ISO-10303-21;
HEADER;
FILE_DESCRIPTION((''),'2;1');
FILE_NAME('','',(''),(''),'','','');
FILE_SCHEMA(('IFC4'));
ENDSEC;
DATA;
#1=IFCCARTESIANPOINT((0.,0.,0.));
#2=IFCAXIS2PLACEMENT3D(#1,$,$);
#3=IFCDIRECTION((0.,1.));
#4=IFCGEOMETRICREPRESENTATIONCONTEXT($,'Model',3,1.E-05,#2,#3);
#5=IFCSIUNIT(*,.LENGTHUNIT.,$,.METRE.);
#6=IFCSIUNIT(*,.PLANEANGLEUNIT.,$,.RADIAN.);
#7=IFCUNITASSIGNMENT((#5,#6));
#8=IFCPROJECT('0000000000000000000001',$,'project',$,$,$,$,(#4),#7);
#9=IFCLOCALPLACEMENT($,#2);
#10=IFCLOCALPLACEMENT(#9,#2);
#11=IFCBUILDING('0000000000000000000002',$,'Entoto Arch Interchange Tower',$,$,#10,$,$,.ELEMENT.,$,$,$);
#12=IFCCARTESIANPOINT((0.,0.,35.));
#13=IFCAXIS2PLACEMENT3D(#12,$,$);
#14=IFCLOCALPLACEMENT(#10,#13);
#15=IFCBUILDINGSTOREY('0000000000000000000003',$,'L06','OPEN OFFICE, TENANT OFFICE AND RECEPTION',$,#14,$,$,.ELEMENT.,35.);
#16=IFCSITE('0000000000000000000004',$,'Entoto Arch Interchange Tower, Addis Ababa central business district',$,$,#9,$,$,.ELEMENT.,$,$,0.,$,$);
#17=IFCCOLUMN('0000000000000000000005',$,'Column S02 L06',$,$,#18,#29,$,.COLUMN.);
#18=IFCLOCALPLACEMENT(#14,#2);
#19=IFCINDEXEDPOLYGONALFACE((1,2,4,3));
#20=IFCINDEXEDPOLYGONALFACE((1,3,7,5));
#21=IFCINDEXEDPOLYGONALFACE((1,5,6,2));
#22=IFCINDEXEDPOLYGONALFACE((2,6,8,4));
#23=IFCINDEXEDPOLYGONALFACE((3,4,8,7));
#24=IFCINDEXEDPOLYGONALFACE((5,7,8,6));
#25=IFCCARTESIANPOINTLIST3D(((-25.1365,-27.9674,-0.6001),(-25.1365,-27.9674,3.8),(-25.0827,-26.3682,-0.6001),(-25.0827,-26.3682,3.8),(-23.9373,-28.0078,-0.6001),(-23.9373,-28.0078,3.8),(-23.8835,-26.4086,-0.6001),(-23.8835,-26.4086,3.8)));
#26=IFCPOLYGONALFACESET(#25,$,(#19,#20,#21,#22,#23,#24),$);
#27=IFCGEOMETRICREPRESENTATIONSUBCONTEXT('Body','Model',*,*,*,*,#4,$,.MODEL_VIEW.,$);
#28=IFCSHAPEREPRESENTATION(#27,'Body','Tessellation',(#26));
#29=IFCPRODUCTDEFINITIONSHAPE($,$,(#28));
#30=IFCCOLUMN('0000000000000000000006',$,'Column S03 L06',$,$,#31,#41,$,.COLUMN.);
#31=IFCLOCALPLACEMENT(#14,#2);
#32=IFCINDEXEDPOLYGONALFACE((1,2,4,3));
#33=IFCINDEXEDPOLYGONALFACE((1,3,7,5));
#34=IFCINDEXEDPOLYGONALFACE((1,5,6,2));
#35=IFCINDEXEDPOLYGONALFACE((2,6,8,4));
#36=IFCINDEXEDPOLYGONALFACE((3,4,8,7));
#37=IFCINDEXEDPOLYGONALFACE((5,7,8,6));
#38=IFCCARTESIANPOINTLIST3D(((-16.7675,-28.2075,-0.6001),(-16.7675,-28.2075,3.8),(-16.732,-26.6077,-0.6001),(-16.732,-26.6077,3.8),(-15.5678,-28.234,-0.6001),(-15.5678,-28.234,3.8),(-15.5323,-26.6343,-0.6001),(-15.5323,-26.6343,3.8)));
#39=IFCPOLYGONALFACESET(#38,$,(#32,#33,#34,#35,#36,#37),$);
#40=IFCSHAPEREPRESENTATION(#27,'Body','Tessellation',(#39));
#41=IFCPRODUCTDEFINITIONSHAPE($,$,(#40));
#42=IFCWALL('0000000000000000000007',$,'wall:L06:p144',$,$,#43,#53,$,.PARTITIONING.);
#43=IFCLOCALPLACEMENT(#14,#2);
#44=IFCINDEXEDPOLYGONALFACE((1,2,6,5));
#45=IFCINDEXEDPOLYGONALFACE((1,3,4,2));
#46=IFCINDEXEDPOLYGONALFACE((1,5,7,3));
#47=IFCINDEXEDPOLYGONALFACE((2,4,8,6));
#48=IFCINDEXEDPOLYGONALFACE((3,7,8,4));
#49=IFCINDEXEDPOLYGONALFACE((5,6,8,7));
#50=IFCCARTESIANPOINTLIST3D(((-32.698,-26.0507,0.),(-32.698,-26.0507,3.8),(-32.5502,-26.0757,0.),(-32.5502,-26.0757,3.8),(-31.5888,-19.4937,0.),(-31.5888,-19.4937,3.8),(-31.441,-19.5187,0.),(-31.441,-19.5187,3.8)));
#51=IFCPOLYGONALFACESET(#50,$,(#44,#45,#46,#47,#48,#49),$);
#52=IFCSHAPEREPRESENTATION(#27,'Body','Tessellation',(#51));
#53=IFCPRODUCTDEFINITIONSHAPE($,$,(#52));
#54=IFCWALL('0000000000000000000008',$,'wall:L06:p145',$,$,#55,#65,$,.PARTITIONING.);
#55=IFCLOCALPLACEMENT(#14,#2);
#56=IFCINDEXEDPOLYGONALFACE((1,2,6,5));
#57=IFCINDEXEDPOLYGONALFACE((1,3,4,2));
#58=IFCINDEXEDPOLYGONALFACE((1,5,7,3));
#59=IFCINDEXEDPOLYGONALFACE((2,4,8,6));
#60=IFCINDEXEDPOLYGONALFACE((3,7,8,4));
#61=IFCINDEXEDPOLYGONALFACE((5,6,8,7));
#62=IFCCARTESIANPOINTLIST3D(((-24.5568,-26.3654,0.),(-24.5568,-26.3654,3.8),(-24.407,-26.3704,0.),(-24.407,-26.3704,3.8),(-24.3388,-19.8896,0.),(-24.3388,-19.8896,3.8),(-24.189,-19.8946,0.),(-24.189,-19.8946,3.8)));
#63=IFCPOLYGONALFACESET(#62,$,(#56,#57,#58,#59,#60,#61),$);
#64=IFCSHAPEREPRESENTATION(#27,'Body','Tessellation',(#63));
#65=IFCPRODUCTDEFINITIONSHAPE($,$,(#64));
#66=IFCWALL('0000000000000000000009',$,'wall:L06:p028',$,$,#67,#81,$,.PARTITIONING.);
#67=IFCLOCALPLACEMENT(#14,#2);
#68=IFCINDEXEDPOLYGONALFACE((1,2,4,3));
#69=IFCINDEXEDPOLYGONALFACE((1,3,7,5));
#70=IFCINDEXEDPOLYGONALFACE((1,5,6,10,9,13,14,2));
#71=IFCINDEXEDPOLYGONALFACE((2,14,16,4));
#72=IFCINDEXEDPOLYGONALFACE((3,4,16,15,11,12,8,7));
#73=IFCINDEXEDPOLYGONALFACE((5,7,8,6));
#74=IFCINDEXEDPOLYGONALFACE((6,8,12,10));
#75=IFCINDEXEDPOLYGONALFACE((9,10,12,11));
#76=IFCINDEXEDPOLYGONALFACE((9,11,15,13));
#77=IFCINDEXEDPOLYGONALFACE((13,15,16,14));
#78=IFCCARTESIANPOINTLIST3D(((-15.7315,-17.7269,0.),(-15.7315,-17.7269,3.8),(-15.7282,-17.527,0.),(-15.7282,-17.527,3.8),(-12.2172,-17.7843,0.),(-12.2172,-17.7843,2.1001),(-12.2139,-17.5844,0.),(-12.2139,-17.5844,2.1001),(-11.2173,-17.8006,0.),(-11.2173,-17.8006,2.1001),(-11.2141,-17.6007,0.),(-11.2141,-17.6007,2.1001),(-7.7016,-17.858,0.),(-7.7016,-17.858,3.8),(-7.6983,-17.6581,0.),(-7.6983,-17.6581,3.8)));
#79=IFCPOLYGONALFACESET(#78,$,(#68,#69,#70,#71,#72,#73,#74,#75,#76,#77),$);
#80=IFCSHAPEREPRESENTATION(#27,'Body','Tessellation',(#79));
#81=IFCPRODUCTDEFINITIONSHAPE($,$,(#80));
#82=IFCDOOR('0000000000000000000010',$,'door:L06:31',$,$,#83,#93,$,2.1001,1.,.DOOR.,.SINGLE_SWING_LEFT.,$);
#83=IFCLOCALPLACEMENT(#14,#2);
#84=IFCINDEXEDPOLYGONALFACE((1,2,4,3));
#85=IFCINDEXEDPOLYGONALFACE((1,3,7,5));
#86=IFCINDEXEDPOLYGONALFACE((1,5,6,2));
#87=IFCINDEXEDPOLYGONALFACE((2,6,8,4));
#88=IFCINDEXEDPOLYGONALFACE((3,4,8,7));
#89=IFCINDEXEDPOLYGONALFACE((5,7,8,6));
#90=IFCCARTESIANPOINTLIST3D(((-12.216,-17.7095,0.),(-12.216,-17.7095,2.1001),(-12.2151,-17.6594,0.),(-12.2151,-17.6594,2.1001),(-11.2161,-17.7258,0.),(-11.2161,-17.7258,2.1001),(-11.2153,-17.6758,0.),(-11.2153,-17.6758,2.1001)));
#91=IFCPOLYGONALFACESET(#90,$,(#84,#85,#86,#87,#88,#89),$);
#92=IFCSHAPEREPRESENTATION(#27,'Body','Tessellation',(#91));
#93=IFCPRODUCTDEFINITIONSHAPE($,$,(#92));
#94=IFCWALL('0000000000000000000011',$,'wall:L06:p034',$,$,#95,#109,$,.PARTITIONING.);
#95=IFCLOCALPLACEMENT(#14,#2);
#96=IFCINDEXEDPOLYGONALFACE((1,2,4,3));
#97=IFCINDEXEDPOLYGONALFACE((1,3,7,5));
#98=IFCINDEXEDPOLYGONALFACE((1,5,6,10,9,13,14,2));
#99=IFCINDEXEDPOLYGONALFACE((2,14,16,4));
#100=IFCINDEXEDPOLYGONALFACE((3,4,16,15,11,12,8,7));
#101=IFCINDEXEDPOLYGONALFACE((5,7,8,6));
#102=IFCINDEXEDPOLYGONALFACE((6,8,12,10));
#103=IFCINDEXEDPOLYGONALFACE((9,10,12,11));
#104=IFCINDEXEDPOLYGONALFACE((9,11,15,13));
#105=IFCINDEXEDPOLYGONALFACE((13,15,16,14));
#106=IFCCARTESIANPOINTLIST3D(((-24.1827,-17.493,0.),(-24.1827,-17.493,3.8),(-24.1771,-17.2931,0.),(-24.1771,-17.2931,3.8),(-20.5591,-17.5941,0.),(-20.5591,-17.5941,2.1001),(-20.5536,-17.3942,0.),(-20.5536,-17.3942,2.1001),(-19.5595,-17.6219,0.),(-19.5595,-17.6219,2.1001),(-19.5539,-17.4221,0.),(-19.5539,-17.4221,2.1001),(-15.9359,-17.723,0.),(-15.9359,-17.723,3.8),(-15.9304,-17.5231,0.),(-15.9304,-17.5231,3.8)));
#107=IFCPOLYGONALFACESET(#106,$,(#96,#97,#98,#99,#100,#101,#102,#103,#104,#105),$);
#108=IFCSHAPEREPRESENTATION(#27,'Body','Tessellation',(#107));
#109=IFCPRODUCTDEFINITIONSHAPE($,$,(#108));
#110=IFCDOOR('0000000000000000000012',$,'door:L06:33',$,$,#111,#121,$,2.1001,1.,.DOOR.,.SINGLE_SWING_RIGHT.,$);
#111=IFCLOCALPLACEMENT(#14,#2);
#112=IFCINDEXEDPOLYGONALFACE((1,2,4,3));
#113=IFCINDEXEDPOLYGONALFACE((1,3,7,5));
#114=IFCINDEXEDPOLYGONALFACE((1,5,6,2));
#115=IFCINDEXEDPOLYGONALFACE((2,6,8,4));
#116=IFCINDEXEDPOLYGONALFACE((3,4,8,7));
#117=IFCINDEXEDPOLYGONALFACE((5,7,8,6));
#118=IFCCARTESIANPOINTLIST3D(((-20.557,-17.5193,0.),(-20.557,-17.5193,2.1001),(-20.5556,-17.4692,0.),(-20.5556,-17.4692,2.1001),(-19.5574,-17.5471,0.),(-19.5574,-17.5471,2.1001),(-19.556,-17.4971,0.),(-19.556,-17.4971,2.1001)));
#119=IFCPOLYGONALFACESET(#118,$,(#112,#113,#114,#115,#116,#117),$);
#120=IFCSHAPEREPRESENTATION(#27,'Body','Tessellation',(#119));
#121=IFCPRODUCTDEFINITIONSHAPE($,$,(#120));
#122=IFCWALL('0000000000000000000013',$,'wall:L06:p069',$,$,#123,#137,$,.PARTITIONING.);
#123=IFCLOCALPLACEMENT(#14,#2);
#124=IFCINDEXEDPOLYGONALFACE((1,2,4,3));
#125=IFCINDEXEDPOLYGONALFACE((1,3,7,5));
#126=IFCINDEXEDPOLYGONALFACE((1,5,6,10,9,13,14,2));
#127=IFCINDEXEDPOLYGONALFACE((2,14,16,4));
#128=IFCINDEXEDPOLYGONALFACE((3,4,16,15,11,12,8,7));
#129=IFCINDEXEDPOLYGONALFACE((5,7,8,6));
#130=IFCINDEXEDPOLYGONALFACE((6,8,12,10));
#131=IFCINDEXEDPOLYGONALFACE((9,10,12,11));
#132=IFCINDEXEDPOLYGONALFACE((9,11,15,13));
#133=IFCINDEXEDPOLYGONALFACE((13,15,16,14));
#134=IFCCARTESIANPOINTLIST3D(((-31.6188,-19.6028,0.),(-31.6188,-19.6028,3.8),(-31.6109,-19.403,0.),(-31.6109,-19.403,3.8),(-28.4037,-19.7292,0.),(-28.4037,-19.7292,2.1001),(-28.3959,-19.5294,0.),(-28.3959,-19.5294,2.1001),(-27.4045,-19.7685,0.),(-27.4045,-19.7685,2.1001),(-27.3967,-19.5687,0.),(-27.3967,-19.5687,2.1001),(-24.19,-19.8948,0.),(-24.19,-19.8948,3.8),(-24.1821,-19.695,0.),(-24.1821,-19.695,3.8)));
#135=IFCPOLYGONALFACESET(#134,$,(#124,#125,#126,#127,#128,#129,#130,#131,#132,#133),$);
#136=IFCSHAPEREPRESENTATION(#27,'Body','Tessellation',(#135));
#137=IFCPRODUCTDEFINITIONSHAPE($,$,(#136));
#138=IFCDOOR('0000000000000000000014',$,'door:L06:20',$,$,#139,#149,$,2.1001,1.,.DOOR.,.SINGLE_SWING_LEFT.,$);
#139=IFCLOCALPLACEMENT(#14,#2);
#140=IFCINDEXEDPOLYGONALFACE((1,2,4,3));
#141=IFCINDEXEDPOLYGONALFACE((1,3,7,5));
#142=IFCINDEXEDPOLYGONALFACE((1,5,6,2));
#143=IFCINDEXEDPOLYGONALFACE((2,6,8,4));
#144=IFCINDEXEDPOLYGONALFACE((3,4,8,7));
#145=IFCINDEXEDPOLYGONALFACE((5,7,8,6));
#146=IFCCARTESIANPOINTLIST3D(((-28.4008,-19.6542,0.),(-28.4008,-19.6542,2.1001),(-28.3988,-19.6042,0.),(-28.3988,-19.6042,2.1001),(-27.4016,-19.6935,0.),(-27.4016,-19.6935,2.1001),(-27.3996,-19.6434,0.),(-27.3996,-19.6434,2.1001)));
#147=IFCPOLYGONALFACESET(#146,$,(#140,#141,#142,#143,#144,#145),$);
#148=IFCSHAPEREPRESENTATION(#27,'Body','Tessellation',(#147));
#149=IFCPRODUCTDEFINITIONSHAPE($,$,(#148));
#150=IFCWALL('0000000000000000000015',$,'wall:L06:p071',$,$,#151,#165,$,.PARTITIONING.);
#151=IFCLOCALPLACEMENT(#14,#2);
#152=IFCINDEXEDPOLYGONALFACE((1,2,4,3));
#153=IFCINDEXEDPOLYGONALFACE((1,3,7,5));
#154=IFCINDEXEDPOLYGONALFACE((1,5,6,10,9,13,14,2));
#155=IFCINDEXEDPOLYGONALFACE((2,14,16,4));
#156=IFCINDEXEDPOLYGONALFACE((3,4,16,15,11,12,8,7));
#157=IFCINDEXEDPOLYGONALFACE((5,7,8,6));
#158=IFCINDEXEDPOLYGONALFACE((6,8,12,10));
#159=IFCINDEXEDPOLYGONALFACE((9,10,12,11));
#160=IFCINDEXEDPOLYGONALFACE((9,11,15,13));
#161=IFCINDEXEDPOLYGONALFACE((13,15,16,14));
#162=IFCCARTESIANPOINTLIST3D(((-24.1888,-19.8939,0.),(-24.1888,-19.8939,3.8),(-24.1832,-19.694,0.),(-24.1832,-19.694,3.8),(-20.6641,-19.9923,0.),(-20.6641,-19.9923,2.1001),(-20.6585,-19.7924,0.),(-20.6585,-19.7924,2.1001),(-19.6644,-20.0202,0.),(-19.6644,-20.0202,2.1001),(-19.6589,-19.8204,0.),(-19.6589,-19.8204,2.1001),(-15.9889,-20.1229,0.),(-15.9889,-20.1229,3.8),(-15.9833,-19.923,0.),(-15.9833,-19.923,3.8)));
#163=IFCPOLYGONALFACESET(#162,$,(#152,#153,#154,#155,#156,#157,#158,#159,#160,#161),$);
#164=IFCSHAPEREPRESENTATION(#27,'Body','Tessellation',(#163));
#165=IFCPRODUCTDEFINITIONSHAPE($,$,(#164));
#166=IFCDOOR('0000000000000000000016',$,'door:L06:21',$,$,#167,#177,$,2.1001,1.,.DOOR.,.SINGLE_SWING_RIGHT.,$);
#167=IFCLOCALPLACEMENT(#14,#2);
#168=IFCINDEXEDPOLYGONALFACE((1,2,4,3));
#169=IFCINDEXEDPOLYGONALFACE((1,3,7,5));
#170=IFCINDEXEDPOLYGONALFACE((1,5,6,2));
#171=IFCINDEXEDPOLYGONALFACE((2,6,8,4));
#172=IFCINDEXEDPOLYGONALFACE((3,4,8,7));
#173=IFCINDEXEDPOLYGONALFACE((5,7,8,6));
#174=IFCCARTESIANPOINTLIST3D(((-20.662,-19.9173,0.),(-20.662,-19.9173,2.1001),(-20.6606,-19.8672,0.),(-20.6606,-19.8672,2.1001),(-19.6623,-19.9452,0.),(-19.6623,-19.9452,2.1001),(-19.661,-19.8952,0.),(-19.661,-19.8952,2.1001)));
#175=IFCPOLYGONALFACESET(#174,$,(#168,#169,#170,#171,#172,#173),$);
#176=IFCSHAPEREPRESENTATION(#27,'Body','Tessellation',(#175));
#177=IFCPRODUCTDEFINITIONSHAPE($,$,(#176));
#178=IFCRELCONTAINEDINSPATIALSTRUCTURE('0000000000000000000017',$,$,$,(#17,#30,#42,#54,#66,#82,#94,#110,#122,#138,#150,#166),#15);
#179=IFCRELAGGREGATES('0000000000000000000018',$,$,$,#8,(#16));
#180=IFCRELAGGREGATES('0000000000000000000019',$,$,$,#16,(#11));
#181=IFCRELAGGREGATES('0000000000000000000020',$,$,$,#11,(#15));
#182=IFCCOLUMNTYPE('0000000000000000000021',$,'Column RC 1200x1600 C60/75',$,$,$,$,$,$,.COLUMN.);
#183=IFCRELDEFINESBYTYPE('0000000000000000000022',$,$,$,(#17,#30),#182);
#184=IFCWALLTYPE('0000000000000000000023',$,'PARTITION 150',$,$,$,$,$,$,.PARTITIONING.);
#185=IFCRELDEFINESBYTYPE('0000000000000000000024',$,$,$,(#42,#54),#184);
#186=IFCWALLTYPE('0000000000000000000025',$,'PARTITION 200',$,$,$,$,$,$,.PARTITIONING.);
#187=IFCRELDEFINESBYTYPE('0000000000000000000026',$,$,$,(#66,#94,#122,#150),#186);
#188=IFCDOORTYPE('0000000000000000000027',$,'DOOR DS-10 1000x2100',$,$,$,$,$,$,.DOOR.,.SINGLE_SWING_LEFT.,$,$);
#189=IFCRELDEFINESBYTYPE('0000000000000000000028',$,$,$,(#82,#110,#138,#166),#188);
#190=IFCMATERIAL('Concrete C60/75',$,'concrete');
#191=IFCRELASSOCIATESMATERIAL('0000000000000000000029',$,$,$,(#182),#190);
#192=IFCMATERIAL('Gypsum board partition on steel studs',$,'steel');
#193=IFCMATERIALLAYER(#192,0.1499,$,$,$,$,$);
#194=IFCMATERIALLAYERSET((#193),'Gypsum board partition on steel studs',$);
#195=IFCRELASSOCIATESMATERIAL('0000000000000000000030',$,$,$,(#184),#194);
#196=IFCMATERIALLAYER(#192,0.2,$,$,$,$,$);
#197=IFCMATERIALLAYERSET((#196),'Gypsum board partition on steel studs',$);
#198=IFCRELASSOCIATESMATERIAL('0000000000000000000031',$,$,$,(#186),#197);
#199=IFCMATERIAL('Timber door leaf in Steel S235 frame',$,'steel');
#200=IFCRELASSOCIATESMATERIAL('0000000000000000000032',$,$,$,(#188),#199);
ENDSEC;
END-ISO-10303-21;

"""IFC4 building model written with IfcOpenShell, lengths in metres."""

from ifc_helpers import new_model, si_unit, direction, frame, frame_2d, origin, origin_2d, place, context, subcontext, project, spatial, rectangle, extrude, material, layer, layer_set, material_profile, profile_set, type_object, element, fill, save


model = new_model("IFC4")

# Units and contexts
model_context = context("Model", 3, precision=1e-05, world=origin(), true_north=direction((0.0, 1.0)))
body_context = subcontext(model_context, "Body", "Model", "MODEL_VIEW")
ifc_project = project(units=[si_unit("LENGTHUNIT", "METRE"), si_unit("PLANEANGLEUNIT", "RADIAN")], contexts=[model_context])

# Site, building, storey
site_placement = place(None, origin())
site = spatial("IfcSite", under=ifc_project, at=site_placement, Name="Entoto Arch Interchange Tower, Addis Ababa central business district", CompositionType="ELEMENT", RefElevation=0.0)
building_placement = place(site_placement, origin())
building = spatial("IfcBuilding", under=site, at=building_placement, Name="Entoto Arch Interchange Tower", CompositionType="ELEMENT")
storey_placement = place(building_placement, frame((0.0, 0.0, 35.0)))
storey = spatial("IfcBuildingStorey", under=building, at=storey_placement, Name="L06", Description="OPEN OFFICE, TENANT OFFICE AND RECEPTION", CompositionType="ELEMENT", Elevation=35.0)

# Columns
ifc_material_1 = material(Name="Concrete C60/75", Category="concrete")
ifc_material_profile = material_profile(ifc_material_1, rectangle(XDim=1.2, YDim=1.6001, at=origin_2d()))
ifc_profile_set = profile_set([ifc_material_profile], Name="Concrete C60/75")
column_type = type_object("IfcColumnType", Name="Column RC 1200x1600 C60/75", PredefinedType="COLUMN", material=ifc_profile_set)
for number, where, z_axis, x_axis, name in (
    (1, (-24.51, -27.188, -0.6001), (0.0, 0.0, 1.0), (-0.999434, 0.033626, 0.0), "Column S02 L06"),
    (2, (-16.1499, -27.4209, -0.6001), (0.0, 0.0, 1.0), (-0.999754, 0.022164, 0.0), "Column S03 L06"),
):
    element("IfcColumn", number, at=place(storey_placement, frame(where, z_axis=z_axis, x_axis=x_axis)), inside=storey, type_object=column_type, Name=name, PredefinedType="COLUMN", context=body_context, shape_type="SweptSolid", body=[
        extrude(rectangle(XDim=1.2, YDim=1.6001, at=origin_2d()), origin(), (0.0, 0.0, 1.0), 4.4001),
    ])

# Walls
ifc_material_2 = material(Name="Gypsum board partition on steel studs", Category="steel")
ifc_layer_1 = layer(ifc_material_2, 0.1499)
ifc_layer_set_1 = layer_set([ifc_layer_1], Name="Gypsum board partition on steel studs")
wall_type_1 = type_object("IfcWallType", Name="PARTITION 150", PredefinedType="PARTITIONING", material=ifc_layer_set_1)
wall_1_placement = place(storey_placement, frame((-31.5149, -19.5061, 0.0), z_axis=(0.0, 0.0, 1.0), x_axis=(-0.166786, -0.985993, 0.0)))
element("IfcWall", 3, at=wall_1_placement, inside=storey, type_object=wall_type_1, Name="wall:L06:p144", PredefinedType="PARTITIONING", context=body_context, shape_type="SweptSolid", body=[
    extrude(rectangle(XDim=6.6501, YDim=0.1499, at=frame_2d((3.3252, 0.0))), origin(), (0.0, 0.0, 1.0), 3.8),
])
wall_2_placement = place(storey_placement, frame((-24.2639, -19.8921, 0.0), z_axis=(0.0, 0.0, 1.0), x_axis=(-0.033647, -0.999434, 0.0)))
element("IfcWall", 4, at=wall_2_placement, inside=storey, type_object=wall_type_1, Name="wall:L06:p145", PredefinedType="PARTITIONING", context=body_context, shape_type="SweptSolid", body=[
    extrude(rectangle(XDim=6.4795, YDim=0.1499, at=frame_2d((3.2397, 0.0))), origin(), (0.0, 0.0, 1.0), 3.8),
])

# Walls, openings, doors
ifc_layer_2 = layer(ifc_material_2, 0.2)
ifc_layer_set_2 = layer_set([ifc_layer_2], Name="Gypsum board partition on steel studs")
wall_type_2 = type_object("IfcWallType", Name="PARTITION 200", PredefinedType="PARTITIONING", material=ifc_layer_set_2)
wall_3_placement = place(storey_placement, frame((-15.73, -17.627, 0.0), z_axis=(0.0, 0.0, 1.0), x_axis=(0.999867, -0.016324, 0.0)))
wall_3 = element("IfcWall", 5, at=wall_3_placement, inside=storey, type_object=wall_type_2, Name="wall:L06:p028", PredefinedType="PARTITIONING", context=body_context, shape_type="SweptSolid", body=[
    extrude(rectangle(XDim=8.031, YDim=0.2, at=frame_2d((4.0156, 0.0))), origin(), (0.0, 0.0, 1.0), 3.8),
])
opening_1_placement = place(wall_3_placement, frame((3.5149, 0.0, 0.0)))
opening_1 = element("IfcOpeningElement", 6, at=opening_1_placement, cuts=wall_3, PredefinedType="OPENING", context=body_context, shape_type="SweptSolid", body=[
    extrude(rectangle(XDim=1.0, YDim=2.1001, at=frame_2d((0.5, 1.05))), frame((0.0, 0.1099, 0.0), z_axis=(0.0, -1.0, 0.0), x_axis=(1.0, 0.0, 0.0)), (0.0, 0.0, 1.0), 0.22),
])
ifc_material_3 = material(Name="Timber door leaf in Steel S235 frame", Category="steel")
door_type = type_object("IfcDoorType", Name="DOOR DS-10 1000x2100", OperationType="SINGLE_SWING_LEFT", PredefinedType="DOOR", material=ifc_material_3)
door_1_placement = place(opening_1_placement, origin())
door_1 = element("IfcDoor", 7, at=door_1_placement, inside=storey, type_object=door_type, Name="door:L06:31", OperationType="SINGLE_SWING_LEFT", OverallHeight=2.1001, OverallWidth=1.0, PredefinedType="DOOR", context=body_context, shape_type="SweptSolid", body=[
    extrude(rectangle(XDim=1.0, YDim=2.1001, at=frame_2d((0.5, 1.05))), frame((0.0, 0.0249, 0.0), z_axis=(0.0, -1.0, 0.0), x_axis=(1.0, 0.0, 0.0)), (0.0, 0.0, 1.0), 0.05),
])
fill(opening_1, door_1)
wall_4_placement = place(storey_placement, frame((-24.1799, -17.3931, 0.0), z_axis=(0.0, 0.0, 1.0), x_axis=(0.999611, -0.027876, 0.0)))
wall_4 = element("IfcWall", 8, at=wall_4_placement, inside=storey, type_object=wall_type_2, Name="wall:L06:p034", PredefinedType="PARTITIONING", context=body_context, shape_type="SweptSolid", body=[
    extrude(rectangle(XDim=8.25, YDim=0.2, at=frame_2d((4.125, 0.0))), origin(), (0.0, 0.0, 1.0), 3.8),
])
opening_2_placement = place(wall_4_placement, frame((3.625, 0.0, 0.0)))
opening_2 = element("IfcOpeningElement", 9, at=opening_2_placement, cuts=wall_4, PredefinedType="OPENING", context=body_context, shape_type="SweptSolid", body=[
    extrude(rectangle(XDim=1.0, YDim=2.1001, at=frame_2d((0.5, 1.05))), frame((0.0, 0.1099, 0.0), z_axis=(0.0, -1.0, 0.0), x_axis=(1.0, 0.0, 0.0)), (0.0, 0.0, 1.0), 0.22),
])
door_2_placement = place(opening_2_placement, origin())
door_2 = element("IfcDoor", 10, at=door_2_placement, inside=storey, type_object=door_type, Name="door:L06:33", OperationType="SINGLE_SWING_RIGHT", OverallHeight=2.1001, OverallWidth=1.0, PredefinedType="DOOR", context=body_context, shape_type="SweptSolid", body=[
    extrude(rectangle(XDim=1.0, YDim=2.1001, at=frame_2d((0.5, 1.05))), frame((0.0, 0.0249, 0.0), z_axis=(0.0, -1.0, 0.0), x_axis=(1.0, 0.0, 0.0)), (0.0, 0.0, 1.0), 0.05),
])
fill(opening_2, door_2)
wall_5_placement = place(storey_placement, frame((-24.186, -19.7949, 0.0), z_axis=(0.0, 0.0, 1.0), x_axis=(-0.999228, 0.039274, 0.0)))
wall_5 = element("IfcWall", 11, at=wall_5_placement, inside=storey, type_object=wall_type_2, Name="wall:L06:p069", PredefinedType="PARTITIONING", context=body_context, shape_type="SweptSolid", body=[
    extrude(rectangle(XDim=7.4346, YDim=0.2, at=frame_2d((3.7173, 0.0))), origin(), (0.0, 0.0, 1.0), 3.8),
])
opening_3_placement = place(wall_5_placement, frame((3.217, 0.0, 0.0)))
opening_3 = element("IfcOpeningElement", 12, at=opening_3_placement, cuts=wall_5, PredefinedType="OPENING", context=body_context, shape_type="SweptSolid", body=[
    extrude(rectangle(XDim=1.0, YDim=2.1001, at=frame_2d((0.5, 1.05))), frame((0.0, 0.1099, 0.0), z_axis=(0.0, -1.0, 0.0), x_axis=(1.0, 0.0, 0.0)), (0.0, 0.0, 1.0), 0.22),
])
door_3_placement = place(opening_3_placement, origin())
door_3 = element("IfcDoor", 13, at=door_3_placement, inside=storey, type_object=door_type, Name="door:L06:20", OperationType="SINGLE_SWING_LEFT", OverallHeight=2.1001, OverallWidth=1.0, PredefinedType="DOOR", context=body_context, shape_type="SweptSolid", body=[
    extrude(rectangle(XDim=1.0, YDim=2.1001, at=frame_2d((0.5, 1.05))), frame((0.0, 0.0249, 0.0), z_axis=(0.0, -1.0, 0.0), x_axis=(1.0, 0.0, 0.0)), (0.0, 0.0, 1.0), 0.05),
])
fill(opening_3, door_3)
wall_6_placement = place(storey_placement, frame((-15.9861, -20.0229, 0.0), z_axis=(0.0, 0.0, 1.0), x_axis=(-0.99961, 0.027917, 0.0)))
wall_6 = element("IfcWall", 14, at=wall_6_placement, inside=storey, type_object=wall_type_2, Name="wall:L06:p071", PredefinedType="PARTITIONING", context=body_context, shape_type="SweptSolid", body=[
    extrude(rectangle(XDim=8.2031, YDim=0.2, at=frame_2d((4.1016, 0.0))), origin(), (0.0, 0.0, 1.0), 3.8),
])
opening_4_placement = place(wall_6_placement, frame((3.677, 0.0, 0.0)))
opening_4 = element("IfcOpeningElement", 15, at=opening_4_placement, cuts=wall_6, PredefinedType="OPENING", context=body_context, shape_type="SweptSolid", body=[
    extrude(rectangle(XDim=1.0, YDim=2.1001, at=frame_2d((0.5, 1.05))), frame((0.0, 0.1099, 0.0), z_axis=(0.0, -1.0, 0.0), x_axis=(1.0, 0.0, 0.0)), (0.0, 0.0, 1.0), 0.22),
])
door_4_placement = place(opening_4_placement, origin())
door_4 = element("IfcDoor", 16, at=door_4_placement, inside=storey, type_object=door_type, Name="door:L06:21", OperationType="SINGLE_SWING_RIGHT", OverallHeight=2.1001, OverallWidth=1.0, PredefinedType="DOOR", context=body_context, shape_type="SweptSolid", body=[
    extrude(rectangle(XDim=1.0, YDim=2.1001, at=frame_2d((0.5, 1.05))), frame((0.0, 0.0249, 0.0), z_axis=(0.0, -1.0, 0.0), x_axis=(1.0, 0.0, 0.0)), (0.0, 0.0, 1.0), 0.05),
])
fill(opening_4, door_4)

save(model, "model.ifc")
